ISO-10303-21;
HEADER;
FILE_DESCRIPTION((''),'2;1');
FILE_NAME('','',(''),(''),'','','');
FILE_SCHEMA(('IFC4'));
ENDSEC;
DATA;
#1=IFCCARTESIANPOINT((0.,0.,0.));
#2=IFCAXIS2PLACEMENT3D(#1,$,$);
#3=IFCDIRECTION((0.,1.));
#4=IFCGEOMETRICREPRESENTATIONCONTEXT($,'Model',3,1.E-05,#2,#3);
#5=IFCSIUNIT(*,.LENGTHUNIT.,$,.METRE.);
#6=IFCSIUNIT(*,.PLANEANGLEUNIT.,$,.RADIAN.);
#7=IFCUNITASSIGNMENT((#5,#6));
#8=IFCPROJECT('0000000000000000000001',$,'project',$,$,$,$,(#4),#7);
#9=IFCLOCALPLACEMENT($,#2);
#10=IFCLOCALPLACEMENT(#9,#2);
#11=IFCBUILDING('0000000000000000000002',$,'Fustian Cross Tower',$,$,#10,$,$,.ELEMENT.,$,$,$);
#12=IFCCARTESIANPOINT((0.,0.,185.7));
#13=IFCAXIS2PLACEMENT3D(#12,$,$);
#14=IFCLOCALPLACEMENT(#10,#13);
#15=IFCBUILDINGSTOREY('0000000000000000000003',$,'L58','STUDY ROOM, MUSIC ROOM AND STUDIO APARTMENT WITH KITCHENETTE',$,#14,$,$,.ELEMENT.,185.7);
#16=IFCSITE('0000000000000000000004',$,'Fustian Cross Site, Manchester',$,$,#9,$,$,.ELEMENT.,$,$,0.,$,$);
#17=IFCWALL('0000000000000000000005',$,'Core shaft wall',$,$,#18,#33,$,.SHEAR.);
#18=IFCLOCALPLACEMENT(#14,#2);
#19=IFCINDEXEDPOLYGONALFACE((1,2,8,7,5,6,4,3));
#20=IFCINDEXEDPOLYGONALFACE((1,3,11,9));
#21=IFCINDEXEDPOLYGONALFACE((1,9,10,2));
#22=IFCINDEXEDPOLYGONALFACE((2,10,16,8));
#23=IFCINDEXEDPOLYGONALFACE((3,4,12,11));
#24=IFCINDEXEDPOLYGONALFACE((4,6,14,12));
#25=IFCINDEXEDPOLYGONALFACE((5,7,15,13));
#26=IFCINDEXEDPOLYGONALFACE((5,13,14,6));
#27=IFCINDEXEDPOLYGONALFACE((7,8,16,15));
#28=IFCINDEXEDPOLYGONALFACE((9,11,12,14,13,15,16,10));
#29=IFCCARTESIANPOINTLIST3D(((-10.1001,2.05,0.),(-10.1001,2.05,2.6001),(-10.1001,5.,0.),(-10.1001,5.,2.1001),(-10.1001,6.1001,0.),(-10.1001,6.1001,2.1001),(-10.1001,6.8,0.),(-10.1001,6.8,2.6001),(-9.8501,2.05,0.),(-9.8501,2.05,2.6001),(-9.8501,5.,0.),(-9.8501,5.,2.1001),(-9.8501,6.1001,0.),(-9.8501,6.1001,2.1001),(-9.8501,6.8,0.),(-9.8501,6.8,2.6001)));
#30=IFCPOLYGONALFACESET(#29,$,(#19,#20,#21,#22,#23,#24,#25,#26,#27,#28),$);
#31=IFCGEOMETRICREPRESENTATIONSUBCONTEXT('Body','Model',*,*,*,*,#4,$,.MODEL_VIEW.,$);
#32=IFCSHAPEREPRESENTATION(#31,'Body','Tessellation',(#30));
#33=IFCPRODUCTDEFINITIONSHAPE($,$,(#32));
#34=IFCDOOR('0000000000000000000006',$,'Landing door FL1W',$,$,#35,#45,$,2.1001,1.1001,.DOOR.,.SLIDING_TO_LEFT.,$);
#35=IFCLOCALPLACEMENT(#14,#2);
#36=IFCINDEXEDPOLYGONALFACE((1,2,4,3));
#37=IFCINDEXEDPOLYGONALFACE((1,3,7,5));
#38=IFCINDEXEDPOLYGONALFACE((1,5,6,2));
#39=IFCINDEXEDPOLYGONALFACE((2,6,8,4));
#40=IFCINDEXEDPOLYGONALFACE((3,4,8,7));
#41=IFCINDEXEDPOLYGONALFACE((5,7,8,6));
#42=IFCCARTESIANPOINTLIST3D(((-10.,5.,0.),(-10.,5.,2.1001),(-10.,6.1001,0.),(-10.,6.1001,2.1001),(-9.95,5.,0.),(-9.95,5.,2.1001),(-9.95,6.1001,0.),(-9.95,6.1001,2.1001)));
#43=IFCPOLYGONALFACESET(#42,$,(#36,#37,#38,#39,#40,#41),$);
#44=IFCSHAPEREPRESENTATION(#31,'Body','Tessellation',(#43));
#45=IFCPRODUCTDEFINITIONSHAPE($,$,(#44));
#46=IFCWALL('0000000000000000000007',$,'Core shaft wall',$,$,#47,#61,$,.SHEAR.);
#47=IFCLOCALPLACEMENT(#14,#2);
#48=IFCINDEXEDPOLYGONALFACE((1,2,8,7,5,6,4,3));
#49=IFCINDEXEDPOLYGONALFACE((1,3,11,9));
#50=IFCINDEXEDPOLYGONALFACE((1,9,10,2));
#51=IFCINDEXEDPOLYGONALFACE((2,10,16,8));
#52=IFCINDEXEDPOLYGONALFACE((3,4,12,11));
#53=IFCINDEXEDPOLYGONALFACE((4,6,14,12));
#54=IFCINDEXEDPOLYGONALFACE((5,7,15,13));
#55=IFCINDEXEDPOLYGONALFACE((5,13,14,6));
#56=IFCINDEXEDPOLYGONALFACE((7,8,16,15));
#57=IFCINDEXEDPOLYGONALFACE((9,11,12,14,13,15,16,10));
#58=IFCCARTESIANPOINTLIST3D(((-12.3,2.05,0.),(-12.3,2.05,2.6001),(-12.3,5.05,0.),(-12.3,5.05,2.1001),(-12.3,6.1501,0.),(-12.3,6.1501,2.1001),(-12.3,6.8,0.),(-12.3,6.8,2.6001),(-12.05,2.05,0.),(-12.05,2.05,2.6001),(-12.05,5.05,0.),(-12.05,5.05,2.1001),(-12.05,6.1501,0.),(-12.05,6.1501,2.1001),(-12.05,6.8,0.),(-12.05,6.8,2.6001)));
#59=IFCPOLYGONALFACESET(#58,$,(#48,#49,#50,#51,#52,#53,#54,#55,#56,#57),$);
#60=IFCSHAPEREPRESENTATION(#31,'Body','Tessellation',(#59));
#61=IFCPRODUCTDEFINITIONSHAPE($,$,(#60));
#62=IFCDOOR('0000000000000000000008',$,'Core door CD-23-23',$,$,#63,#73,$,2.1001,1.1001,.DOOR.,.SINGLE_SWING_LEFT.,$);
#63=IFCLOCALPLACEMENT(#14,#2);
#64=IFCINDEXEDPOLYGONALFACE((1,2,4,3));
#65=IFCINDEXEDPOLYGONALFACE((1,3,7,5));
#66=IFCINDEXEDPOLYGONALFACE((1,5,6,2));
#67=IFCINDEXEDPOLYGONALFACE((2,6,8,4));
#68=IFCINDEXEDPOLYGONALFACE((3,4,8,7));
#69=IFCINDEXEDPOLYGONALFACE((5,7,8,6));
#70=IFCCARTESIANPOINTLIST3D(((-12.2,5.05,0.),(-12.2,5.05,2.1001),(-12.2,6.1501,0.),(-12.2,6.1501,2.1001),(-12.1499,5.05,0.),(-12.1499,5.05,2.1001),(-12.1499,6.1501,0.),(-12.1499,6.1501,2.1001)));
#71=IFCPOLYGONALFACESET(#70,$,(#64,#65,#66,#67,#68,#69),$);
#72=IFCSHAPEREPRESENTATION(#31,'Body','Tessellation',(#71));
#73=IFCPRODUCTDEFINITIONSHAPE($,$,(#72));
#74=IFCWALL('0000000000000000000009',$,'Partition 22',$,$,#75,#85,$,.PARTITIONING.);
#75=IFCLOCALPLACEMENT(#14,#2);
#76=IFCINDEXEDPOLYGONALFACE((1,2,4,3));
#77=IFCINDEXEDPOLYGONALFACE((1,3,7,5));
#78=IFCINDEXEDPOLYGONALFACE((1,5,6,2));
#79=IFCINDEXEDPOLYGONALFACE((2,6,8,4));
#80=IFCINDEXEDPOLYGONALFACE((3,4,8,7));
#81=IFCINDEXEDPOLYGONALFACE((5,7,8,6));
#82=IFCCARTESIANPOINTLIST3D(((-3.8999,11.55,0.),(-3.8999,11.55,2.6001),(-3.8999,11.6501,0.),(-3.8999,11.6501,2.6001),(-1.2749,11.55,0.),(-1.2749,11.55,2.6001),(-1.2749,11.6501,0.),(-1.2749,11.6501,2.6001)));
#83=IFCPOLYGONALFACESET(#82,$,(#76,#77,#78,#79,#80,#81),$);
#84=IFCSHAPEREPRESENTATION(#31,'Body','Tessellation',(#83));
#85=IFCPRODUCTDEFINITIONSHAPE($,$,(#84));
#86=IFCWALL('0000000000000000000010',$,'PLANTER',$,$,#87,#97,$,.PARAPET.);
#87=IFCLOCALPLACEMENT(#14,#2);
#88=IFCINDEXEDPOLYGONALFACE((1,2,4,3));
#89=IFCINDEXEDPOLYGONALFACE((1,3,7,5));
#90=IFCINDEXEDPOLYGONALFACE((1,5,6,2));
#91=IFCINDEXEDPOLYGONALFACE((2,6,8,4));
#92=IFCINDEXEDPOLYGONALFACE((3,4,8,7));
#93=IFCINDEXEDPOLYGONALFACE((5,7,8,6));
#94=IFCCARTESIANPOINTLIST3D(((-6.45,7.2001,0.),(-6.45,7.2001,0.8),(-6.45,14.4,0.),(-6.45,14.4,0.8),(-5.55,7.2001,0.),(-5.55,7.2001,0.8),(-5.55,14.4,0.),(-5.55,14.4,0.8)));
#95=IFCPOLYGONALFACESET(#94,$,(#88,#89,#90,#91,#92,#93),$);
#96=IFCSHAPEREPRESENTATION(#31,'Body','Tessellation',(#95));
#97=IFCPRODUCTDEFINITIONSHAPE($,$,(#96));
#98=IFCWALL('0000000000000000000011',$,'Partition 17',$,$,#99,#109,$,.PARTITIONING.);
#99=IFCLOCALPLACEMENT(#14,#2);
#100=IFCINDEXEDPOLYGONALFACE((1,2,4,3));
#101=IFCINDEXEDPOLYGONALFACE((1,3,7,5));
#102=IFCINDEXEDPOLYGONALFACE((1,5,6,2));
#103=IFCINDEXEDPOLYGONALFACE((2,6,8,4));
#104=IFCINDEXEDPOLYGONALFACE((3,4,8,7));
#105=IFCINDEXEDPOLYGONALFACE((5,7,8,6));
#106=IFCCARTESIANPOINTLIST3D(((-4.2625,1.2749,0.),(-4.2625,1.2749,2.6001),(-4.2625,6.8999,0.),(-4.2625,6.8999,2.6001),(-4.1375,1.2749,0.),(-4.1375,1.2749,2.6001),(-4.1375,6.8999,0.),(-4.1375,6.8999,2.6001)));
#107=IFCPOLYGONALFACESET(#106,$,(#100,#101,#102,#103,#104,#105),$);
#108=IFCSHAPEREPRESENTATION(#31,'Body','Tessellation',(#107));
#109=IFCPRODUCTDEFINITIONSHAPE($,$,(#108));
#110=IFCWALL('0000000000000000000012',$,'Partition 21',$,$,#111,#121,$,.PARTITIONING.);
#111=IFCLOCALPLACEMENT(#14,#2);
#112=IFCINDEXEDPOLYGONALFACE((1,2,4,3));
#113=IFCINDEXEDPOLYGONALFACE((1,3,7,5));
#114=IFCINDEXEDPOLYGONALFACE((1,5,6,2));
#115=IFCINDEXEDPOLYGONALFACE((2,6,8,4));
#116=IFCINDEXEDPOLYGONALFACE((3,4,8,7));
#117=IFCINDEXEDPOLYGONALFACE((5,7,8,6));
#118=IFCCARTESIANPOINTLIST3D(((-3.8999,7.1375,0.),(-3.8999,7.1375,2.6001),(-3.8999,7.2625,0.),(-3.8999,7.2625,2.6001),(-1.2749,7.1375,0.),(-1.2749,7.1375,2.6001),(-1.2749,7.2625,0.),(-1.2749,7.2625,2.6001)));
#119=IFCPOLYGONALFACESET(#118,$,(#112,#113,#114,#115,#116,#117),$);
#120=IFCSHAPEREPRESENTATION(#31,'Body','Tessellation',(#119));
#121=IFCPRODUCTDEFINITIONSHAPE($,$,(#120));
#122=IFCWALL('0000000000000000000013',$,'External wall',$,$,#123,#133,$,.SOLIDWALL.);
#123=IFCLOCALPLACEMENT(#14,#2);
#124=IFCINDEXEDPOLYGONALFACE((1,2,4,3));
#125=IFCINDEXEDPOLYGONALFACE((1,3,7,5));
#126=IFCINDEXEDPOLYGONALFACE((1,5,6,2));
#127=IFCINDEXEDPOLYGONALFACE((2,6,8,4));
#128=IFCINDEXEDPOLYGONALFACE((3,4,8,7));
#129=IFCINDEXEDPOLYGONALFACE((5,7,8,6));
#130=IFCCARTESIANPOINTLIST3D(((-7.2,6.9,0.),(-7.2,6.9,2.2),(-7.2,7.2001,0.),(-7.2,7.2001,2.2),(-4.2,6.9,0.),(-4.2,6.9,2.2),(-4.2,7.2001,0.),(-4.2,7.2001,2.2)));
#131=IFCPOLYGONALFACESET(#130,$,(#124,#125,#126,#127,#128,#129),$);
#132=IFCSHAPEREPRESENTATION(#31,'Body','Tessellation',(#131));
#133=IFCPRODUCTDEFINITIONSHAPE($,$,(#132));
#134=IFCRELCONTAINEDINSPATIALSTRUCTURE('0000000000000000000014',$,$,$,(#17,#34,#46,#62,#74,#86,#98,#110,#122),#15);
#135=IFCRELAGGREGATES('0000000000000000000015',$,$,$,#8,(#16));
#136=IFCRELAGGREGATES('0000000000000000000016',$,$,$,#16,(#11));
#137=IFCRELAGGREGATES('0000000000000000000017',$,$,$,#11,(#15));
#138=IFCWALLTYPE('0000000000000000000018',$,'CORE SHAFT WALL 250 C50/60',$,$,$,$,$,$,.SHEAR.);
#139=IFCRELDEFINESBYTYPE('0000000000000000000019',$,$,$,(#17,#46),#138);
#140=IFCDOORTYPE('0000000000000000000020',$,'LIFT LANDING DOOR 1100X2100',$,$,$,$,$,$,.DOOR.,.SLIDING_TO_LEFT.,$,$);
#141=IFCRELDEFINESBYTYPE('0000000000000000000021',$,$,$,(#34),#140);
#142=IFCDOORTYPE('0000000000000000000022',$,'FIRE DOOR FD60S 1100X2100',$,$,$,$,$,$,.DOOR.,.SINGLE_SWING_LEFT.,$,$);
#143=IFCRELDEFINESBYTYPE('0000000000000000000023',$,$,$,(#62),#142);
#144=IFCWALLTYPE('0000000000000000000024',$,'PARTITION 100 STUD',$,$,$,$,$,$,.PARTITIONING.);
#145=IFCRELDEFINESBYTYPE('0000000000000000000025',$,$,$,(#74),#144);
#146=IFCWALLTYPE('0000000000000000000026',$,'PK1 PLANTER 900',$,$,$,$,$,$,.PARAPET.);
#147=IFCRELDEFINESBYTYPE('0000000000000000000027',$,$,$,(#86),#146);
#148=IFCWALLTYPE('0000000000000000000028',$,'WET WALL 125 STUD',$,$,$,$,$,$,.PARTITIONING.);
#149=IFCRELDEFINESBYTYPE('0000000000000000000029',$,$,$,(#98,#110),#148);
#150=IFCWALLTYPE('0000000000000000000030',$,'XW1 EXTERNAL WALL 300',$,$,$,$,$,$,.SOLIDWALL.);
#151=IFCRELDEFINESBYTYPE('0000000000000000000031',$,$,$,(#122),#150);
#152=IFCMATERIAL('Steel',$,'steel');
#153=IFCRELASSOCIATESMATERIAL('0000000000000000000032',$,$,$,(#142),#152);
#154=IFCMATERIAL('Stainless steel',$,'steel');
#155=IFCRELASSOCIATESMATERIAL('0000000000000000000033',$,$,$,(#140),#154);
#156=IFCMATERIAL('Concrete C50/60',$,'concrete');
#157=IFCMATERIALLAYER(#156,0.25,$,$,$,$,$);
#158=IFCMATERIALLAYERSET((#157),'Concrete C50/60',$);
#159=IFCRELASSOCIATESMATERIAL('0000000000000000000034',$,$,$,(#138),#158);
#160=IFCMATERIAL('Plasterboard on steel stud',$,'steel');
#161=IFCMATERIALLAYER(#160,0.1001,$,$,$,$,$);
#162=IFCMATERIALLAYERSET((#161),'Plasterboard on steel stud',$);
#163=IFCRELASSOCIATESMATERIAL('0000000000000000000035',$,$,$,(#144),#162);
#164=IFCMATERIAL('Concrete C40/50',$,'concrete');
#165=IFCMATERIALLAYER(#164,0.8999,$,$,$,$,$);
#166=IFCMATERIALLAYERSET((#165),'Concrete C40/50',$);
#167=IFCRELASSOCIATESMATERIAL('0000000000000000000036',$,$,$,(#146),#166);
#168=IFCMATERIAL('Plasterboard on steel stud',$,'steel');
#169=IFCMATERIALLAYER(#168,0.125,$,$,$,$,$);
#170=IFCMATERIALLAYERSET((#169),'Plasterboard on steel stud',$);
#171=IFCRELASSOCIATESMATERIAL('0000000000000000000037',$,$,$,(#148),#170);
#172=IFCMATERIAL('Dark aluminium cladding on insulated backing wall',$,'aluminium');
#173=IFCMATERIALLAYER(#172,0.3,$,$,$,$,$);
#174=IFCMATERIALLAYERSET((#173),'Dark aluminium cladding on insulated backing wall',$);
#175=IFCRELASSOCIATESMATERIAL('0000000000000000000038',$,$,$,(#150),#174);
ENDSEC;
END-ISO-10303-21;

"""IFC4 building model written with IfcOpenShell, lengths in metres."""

from ifc_helpers import new_model, si_unit, direction, frame, frame_2d, origin, place, context, subcontext, project, spatial, rectangle, extrude, material, layer, layer_set, type_object, element, fill, save


model = new_model("IFC4")

# Units and contexts
model_context = context("Model", 3, precision=1e-05, world=origin(), true_north=direction((0.0, 1.0)))
body_context = subcontext(model_context, "Body", "Model", "MODEL_VIEW")
ifc_project = project(units=[si_unit("LENGTHUNIT", "METRE"), si_unit("PLANEANGLEUNIT", "RADIAN")], contexts=[model_context])

# Site, building, storey
site_placement = place(None, origin())
site = spatial("IfcSite", under=ifc_project, at=site_placement, Name="Fustian Cross Site, Manchester", CompositionType="ELEMENT", RefElevation=0.0)
building_placement = place(site_placement, origin())
building = spatial("IfcBuilding", under=site, at=building_placement, Name="Fustian Cross Tower", CompositionType="ELEMENT")
storey_placement = place(building_placement, frame((0.0, 0.0, 185.7)))
storey = spatial("IfcBuildingStorey", under=building, at=storey_placement, Name="L58", Description="STUDY ROOM, MUSIC ROOM AND STUDIO APARTMENT WITH KITCHENETTE", CompositionType="ELEMENT", Elevation=185.7)

# Shared definitions
ifc_material_1 = material(Name="Steel", Category="steel")
door_type_1 = type_object("IfcDoorType", Name="FIRE DOOR FD60S 1100X2100", OperationType="SINGLE_SWING_LEFT", PredefinedType="DOOR", material=ifc_material_1)
ifc_material_2 = material(Name="Stainless steel", Category="steel")
door_type_2 = type_object("IfcDoorType", Name="LIFT LANDING DOOR 1100X2100", OperationType="SLIDING_TO_LEFT", PredefinedType="DOOR", material=ifc_material_2)

# Shared definitions
ifc_material_3 = material(Name="Concrete C50/60", Category="concrete")
ifc_layer_1 = layer(ifc_material_3, 0.25)
ifc_layer_set_1 = layer_set([ifc_layer_1], Name="Concrete C50/60")
wall_type_1 = type_object("IfcWallType", Name="CORE SHAFT WALL 250 C50/60", PredefinedType="SHEAR", material=ifc_layer_set_1)

# Walls, openings, doors
wall_1_placement = place(storey_placement, frame((-9.9751, 2.05, 0.0), z_axis=(0.0, 0.0, 1.0), x_axis=(0.0, 1.0, 0.0)))
wall_1 = element("IfcWall", 1, at=wall_1_placement, inside=storey, type_object=wall_type_1, Name="Core shaft wall", PredefinedType="SHEAR", context=body_context, shape_type="SweptSolid", body=[
    extrude(rectangle(XDim=4.75, YDim=0.25, at=frame_2d((2.375, 0.0))), origin(), (0.0, 0.0, 1.0), 2.6001),
])
opening_1_placement = place(wall_1_placement, frame((2.95, 0.0, 0.0)))
opening_1 = element("IfcOpeningElement", 2, at=opening_1_placement, cuts=wall_1, PredefinedType="OPENING", context=body_context, shape_type="SweptSolid", body=[
    extrude(rectangle(XDim=1.1001, YDim=2.1001, at=frame_2d((0.55, 1.05))), frame((0.0, 0.135, 0.0), z_axis=(0.0, -1.0, 0.0), x_axis=(1.0, 0.0, 0.0)), (0.0, 0.0, 1.0), 0.27),
])
door_1_placement = place(opening_1_placement, origin())
door_1 = element("IfcDoor", 3, at=door_1_placement, inside=storey, type_object=door_type_2, Name="Landing door FL1W", OperationType="SLIDING_TO_LEFT", OverallHeight=2.1001, OverallWidth=1.1001, PredefinedType="DOOR", context=body_context, shape_type="SweptSolid", body=[
    extrude(rectangle(XDim=1.1001, YDim=2.1001, at=frame_2d((0.55, 1.05))), frame((0.0, 0.0249, 0.0), z_axis=(0.0, -1.0, 0.0), x_axis=(1.0, 0.0, 0.0)), (0.0, 0.0, 1.0), 0.05),
])
fill(opening_1, door_1)
wall_2_placement = place(storey_placement, frame((-12.175, 2.05, 0.0), z_axis=(0.0, 0.0, 1.0), x_axis=(0.0, 1.0, 0.0)))
wall_2 = element("IfcWall", 4, at=wall_2_placement, inside=storey, type_object=wall_type_1, Name="Core shaft wall", PredefinedType="SHEAR", context=body_context, shape_type="SweptSolid", body=[
    extrude(rectangle(XDim=4.75, YDim=0.25, at=frame_2d((2.375, 0.0))), origin(), (0.0, 0.0, 1.0), 2.6001),
])
opening_2_placement = place(wall_2_placement, frame((3.0, 0.0, 0.0)))
opening_2 = element("IfcOpeningElement", 5, at=opening_2_placement, cuts=wall_2, PredefinedType="OPENING", context=body_context, shape_type="SweptSolid", body=[
    extrude(rectangle(XDim=1.1001, YDim=2.1001, at=frame_2d((0.55, 1.05))), frame((0.0, 0.135, 0.0), z_axis=(0.0, -1.0, 0.0), x_axis=(1.0, 0.0, 0.0)), (0.0, 0.0, 1.0), 0.27),
])
door_2_placement = place(opening_2_placement, origin())
door_2 = element("IfcDoor", 6, at=door_2_placement, inside=storey, type_object=door_type_1, Name="Core door CD-23-23", OperationType="SINGLE_SWING_LEFT", OverallHeight=2.1001, OverallWidth=1.1001, PredefinedType="DOOR", context=body_context, shape_type="SweptSolid", body=[
    extrude(rectangle(XDim=1.1001, YDim=2.1001, at=frame_2d((0.55, 1.05))), frame((0.0, 0.0249, 0.0), z_axis=(0.0, -1.0, 0.0), x_axis=(1.0, 0.0, 0.0)), (0.0, 0.0, 1.0), 0.05),
])
fill(opening_2, door_2)

# Walls
ifc_material_4 = material(Name="Plasterboard on steel stud", Category="steel")
ifc_layer_2 = layer(ifc_material_4, 0.1001)
ifc_layer_set_2 = layer_set([ifc_layer_2], Name="Plasterboard on steel stud")
wall_type_2 = type_object("IfcWallType", Name="PARTITION 100 STUD", PredefinedType="PARTITIONING", material=ifc_layer_set_2)
wall_3_placement = place(storey_placement, frame((-3.8999, 11.6001, 0.0), z_axis=(0.0, 0.0, 1.0), x_axis=(1.0, 0.0, 0.0)))
element("IfcWall", 7, at=wall_3_placement, inside=storey, type_object=wall_type_2, Name="Partition 22", PredefinedType="PARTITIONING", context=body_context, shape_type="SweptSolid", body=[
    extrude(rectangle(XDim=2.625, YDim=0.1001, at=frame_2d((1.3125, 0.0))), origin(), (0.0, 0.0, 1.0), 2.6001),
])
ifc_material_5 = material(Name="Concrete C40/50", Category="concrete")
ifc_layer_3 = layer(ifc_material_5, 0.8999)
ifc_layer_set_3 = layer_set([ifc_layer_3], Name="Concrete C40/50")
wall_type_3 = type_object("IfcWallType", Name="PK1 PLANTER 900", PredefinedType="PARAPET", material=ifc_layer_set_3)
wall_4_placement = place(storey_placement, frame((-6.0, 7.2, 0.0), z_axis=(0.0, 0.0, 1.0), x_axis=(0.0, 1.0, 0.0)))
element("IfcWall", 8, at=wall_4_placement, inside=storey, type_object=wall_type_3, Name="PLANTER", PredefinedType="PARAPET", context=body_context, shape_type="SweptSolid", body=[
    extrude(rectangle(XDim=7.2, YDim=0.8999, at=frame_2d((3.6001, 0.0))), origin(), (0.0, 0.0, 1.0), 0.8),
])
ifc_material_6 = material(Name="Plasterboard on steel stud", Category="steel")
ifc_layer_4 = layer(ifc_material_6, 0.125)
ifc_layer_set_4 = layer_set([ifc_layer_4], Name="Plasterboard on steel stud")
wall_type_4 = type_object("IfcWallType", Name="WET WALL 125 STUD", PredefinedType="PARTITIONING", material=ifc_layer_set_4)
wall_5_placement = place(storey_placement, frame((-4.2, 1.2749, 0.0), z_axis=(0.0, 0.0, 1.0), x_axis=(0.0, 1.0, 0.0)))
element("IfcWall", 9, at=wall_5_placement, inside=storey, type_object=wall_type_4, Name="Partition 17", PredefinedType="PARTITIONING", context=body_context, shape_type="SweptSolid", body=[
    extrude(rectangle(XDim=5.625, YDim=0.125, at=frame_2d((2.8125, 0.0))), origin(), (0.0, 0.0, 1.0), 2.6001),
])
wall_6_placement = place(storey_placement, frame((-3.8999, 7.2, 0.0), z_axis=(0.0, 0.0, 1.0), x_axis=(1.0, 0.0, 0.0)))
element("IfcWall", 10, at=wall_6_placement, inside=storey, type_object=wall_type_4, Name="Partition 21", PredefinedType="PARTITIONING", context=body_context, shape_type="SweptSolid", body=[
    extrude(rectangle(XDim=2.625, YDim=0.125, at=frame_2d((1.3125, 0.0))), origin(), (0.0, 0.0, 1.0), 2.6001),
])
ifc_material_7 = material(Name="Dark aluminium cladding on insulated backing wall", Category="aluminium")
ifc_layer_5 = layer(ifc_material_7, 0.3)
ifc_layer_set_5 = layer_set([ifc_layer_5], Name="Dark aluminium cladding on insulated backing wall")
wall_type_5 = type_object("IfcWallType", Name="XW1 EXTERNAL WALL 300", PredefinedType="SOLIDWALL", material=ifc_layer_set_5)
wall_7_placement = place(storey_placement, frame((-4.2, 7.05, 0.0), z_axis=(0.0, 0.0, 1.0), x_axis=(-1.0, 0.0, 0.0)))
element("IfcWall", 11, at=wall_7_placement, inside=storey, type_object=wall_type_5, Name="External wall", PredefinedType="SOLIDWALL", context=body_context, shape_type="SweptSolid", body=[
    extrude(rectangle(XDim=3.0, YDim=0.3, at=frame_2d((1.5, 0.0))), origin(), (0.0, 0.0, 1.0), 2.2),
])

save(model, "model.ifc")
